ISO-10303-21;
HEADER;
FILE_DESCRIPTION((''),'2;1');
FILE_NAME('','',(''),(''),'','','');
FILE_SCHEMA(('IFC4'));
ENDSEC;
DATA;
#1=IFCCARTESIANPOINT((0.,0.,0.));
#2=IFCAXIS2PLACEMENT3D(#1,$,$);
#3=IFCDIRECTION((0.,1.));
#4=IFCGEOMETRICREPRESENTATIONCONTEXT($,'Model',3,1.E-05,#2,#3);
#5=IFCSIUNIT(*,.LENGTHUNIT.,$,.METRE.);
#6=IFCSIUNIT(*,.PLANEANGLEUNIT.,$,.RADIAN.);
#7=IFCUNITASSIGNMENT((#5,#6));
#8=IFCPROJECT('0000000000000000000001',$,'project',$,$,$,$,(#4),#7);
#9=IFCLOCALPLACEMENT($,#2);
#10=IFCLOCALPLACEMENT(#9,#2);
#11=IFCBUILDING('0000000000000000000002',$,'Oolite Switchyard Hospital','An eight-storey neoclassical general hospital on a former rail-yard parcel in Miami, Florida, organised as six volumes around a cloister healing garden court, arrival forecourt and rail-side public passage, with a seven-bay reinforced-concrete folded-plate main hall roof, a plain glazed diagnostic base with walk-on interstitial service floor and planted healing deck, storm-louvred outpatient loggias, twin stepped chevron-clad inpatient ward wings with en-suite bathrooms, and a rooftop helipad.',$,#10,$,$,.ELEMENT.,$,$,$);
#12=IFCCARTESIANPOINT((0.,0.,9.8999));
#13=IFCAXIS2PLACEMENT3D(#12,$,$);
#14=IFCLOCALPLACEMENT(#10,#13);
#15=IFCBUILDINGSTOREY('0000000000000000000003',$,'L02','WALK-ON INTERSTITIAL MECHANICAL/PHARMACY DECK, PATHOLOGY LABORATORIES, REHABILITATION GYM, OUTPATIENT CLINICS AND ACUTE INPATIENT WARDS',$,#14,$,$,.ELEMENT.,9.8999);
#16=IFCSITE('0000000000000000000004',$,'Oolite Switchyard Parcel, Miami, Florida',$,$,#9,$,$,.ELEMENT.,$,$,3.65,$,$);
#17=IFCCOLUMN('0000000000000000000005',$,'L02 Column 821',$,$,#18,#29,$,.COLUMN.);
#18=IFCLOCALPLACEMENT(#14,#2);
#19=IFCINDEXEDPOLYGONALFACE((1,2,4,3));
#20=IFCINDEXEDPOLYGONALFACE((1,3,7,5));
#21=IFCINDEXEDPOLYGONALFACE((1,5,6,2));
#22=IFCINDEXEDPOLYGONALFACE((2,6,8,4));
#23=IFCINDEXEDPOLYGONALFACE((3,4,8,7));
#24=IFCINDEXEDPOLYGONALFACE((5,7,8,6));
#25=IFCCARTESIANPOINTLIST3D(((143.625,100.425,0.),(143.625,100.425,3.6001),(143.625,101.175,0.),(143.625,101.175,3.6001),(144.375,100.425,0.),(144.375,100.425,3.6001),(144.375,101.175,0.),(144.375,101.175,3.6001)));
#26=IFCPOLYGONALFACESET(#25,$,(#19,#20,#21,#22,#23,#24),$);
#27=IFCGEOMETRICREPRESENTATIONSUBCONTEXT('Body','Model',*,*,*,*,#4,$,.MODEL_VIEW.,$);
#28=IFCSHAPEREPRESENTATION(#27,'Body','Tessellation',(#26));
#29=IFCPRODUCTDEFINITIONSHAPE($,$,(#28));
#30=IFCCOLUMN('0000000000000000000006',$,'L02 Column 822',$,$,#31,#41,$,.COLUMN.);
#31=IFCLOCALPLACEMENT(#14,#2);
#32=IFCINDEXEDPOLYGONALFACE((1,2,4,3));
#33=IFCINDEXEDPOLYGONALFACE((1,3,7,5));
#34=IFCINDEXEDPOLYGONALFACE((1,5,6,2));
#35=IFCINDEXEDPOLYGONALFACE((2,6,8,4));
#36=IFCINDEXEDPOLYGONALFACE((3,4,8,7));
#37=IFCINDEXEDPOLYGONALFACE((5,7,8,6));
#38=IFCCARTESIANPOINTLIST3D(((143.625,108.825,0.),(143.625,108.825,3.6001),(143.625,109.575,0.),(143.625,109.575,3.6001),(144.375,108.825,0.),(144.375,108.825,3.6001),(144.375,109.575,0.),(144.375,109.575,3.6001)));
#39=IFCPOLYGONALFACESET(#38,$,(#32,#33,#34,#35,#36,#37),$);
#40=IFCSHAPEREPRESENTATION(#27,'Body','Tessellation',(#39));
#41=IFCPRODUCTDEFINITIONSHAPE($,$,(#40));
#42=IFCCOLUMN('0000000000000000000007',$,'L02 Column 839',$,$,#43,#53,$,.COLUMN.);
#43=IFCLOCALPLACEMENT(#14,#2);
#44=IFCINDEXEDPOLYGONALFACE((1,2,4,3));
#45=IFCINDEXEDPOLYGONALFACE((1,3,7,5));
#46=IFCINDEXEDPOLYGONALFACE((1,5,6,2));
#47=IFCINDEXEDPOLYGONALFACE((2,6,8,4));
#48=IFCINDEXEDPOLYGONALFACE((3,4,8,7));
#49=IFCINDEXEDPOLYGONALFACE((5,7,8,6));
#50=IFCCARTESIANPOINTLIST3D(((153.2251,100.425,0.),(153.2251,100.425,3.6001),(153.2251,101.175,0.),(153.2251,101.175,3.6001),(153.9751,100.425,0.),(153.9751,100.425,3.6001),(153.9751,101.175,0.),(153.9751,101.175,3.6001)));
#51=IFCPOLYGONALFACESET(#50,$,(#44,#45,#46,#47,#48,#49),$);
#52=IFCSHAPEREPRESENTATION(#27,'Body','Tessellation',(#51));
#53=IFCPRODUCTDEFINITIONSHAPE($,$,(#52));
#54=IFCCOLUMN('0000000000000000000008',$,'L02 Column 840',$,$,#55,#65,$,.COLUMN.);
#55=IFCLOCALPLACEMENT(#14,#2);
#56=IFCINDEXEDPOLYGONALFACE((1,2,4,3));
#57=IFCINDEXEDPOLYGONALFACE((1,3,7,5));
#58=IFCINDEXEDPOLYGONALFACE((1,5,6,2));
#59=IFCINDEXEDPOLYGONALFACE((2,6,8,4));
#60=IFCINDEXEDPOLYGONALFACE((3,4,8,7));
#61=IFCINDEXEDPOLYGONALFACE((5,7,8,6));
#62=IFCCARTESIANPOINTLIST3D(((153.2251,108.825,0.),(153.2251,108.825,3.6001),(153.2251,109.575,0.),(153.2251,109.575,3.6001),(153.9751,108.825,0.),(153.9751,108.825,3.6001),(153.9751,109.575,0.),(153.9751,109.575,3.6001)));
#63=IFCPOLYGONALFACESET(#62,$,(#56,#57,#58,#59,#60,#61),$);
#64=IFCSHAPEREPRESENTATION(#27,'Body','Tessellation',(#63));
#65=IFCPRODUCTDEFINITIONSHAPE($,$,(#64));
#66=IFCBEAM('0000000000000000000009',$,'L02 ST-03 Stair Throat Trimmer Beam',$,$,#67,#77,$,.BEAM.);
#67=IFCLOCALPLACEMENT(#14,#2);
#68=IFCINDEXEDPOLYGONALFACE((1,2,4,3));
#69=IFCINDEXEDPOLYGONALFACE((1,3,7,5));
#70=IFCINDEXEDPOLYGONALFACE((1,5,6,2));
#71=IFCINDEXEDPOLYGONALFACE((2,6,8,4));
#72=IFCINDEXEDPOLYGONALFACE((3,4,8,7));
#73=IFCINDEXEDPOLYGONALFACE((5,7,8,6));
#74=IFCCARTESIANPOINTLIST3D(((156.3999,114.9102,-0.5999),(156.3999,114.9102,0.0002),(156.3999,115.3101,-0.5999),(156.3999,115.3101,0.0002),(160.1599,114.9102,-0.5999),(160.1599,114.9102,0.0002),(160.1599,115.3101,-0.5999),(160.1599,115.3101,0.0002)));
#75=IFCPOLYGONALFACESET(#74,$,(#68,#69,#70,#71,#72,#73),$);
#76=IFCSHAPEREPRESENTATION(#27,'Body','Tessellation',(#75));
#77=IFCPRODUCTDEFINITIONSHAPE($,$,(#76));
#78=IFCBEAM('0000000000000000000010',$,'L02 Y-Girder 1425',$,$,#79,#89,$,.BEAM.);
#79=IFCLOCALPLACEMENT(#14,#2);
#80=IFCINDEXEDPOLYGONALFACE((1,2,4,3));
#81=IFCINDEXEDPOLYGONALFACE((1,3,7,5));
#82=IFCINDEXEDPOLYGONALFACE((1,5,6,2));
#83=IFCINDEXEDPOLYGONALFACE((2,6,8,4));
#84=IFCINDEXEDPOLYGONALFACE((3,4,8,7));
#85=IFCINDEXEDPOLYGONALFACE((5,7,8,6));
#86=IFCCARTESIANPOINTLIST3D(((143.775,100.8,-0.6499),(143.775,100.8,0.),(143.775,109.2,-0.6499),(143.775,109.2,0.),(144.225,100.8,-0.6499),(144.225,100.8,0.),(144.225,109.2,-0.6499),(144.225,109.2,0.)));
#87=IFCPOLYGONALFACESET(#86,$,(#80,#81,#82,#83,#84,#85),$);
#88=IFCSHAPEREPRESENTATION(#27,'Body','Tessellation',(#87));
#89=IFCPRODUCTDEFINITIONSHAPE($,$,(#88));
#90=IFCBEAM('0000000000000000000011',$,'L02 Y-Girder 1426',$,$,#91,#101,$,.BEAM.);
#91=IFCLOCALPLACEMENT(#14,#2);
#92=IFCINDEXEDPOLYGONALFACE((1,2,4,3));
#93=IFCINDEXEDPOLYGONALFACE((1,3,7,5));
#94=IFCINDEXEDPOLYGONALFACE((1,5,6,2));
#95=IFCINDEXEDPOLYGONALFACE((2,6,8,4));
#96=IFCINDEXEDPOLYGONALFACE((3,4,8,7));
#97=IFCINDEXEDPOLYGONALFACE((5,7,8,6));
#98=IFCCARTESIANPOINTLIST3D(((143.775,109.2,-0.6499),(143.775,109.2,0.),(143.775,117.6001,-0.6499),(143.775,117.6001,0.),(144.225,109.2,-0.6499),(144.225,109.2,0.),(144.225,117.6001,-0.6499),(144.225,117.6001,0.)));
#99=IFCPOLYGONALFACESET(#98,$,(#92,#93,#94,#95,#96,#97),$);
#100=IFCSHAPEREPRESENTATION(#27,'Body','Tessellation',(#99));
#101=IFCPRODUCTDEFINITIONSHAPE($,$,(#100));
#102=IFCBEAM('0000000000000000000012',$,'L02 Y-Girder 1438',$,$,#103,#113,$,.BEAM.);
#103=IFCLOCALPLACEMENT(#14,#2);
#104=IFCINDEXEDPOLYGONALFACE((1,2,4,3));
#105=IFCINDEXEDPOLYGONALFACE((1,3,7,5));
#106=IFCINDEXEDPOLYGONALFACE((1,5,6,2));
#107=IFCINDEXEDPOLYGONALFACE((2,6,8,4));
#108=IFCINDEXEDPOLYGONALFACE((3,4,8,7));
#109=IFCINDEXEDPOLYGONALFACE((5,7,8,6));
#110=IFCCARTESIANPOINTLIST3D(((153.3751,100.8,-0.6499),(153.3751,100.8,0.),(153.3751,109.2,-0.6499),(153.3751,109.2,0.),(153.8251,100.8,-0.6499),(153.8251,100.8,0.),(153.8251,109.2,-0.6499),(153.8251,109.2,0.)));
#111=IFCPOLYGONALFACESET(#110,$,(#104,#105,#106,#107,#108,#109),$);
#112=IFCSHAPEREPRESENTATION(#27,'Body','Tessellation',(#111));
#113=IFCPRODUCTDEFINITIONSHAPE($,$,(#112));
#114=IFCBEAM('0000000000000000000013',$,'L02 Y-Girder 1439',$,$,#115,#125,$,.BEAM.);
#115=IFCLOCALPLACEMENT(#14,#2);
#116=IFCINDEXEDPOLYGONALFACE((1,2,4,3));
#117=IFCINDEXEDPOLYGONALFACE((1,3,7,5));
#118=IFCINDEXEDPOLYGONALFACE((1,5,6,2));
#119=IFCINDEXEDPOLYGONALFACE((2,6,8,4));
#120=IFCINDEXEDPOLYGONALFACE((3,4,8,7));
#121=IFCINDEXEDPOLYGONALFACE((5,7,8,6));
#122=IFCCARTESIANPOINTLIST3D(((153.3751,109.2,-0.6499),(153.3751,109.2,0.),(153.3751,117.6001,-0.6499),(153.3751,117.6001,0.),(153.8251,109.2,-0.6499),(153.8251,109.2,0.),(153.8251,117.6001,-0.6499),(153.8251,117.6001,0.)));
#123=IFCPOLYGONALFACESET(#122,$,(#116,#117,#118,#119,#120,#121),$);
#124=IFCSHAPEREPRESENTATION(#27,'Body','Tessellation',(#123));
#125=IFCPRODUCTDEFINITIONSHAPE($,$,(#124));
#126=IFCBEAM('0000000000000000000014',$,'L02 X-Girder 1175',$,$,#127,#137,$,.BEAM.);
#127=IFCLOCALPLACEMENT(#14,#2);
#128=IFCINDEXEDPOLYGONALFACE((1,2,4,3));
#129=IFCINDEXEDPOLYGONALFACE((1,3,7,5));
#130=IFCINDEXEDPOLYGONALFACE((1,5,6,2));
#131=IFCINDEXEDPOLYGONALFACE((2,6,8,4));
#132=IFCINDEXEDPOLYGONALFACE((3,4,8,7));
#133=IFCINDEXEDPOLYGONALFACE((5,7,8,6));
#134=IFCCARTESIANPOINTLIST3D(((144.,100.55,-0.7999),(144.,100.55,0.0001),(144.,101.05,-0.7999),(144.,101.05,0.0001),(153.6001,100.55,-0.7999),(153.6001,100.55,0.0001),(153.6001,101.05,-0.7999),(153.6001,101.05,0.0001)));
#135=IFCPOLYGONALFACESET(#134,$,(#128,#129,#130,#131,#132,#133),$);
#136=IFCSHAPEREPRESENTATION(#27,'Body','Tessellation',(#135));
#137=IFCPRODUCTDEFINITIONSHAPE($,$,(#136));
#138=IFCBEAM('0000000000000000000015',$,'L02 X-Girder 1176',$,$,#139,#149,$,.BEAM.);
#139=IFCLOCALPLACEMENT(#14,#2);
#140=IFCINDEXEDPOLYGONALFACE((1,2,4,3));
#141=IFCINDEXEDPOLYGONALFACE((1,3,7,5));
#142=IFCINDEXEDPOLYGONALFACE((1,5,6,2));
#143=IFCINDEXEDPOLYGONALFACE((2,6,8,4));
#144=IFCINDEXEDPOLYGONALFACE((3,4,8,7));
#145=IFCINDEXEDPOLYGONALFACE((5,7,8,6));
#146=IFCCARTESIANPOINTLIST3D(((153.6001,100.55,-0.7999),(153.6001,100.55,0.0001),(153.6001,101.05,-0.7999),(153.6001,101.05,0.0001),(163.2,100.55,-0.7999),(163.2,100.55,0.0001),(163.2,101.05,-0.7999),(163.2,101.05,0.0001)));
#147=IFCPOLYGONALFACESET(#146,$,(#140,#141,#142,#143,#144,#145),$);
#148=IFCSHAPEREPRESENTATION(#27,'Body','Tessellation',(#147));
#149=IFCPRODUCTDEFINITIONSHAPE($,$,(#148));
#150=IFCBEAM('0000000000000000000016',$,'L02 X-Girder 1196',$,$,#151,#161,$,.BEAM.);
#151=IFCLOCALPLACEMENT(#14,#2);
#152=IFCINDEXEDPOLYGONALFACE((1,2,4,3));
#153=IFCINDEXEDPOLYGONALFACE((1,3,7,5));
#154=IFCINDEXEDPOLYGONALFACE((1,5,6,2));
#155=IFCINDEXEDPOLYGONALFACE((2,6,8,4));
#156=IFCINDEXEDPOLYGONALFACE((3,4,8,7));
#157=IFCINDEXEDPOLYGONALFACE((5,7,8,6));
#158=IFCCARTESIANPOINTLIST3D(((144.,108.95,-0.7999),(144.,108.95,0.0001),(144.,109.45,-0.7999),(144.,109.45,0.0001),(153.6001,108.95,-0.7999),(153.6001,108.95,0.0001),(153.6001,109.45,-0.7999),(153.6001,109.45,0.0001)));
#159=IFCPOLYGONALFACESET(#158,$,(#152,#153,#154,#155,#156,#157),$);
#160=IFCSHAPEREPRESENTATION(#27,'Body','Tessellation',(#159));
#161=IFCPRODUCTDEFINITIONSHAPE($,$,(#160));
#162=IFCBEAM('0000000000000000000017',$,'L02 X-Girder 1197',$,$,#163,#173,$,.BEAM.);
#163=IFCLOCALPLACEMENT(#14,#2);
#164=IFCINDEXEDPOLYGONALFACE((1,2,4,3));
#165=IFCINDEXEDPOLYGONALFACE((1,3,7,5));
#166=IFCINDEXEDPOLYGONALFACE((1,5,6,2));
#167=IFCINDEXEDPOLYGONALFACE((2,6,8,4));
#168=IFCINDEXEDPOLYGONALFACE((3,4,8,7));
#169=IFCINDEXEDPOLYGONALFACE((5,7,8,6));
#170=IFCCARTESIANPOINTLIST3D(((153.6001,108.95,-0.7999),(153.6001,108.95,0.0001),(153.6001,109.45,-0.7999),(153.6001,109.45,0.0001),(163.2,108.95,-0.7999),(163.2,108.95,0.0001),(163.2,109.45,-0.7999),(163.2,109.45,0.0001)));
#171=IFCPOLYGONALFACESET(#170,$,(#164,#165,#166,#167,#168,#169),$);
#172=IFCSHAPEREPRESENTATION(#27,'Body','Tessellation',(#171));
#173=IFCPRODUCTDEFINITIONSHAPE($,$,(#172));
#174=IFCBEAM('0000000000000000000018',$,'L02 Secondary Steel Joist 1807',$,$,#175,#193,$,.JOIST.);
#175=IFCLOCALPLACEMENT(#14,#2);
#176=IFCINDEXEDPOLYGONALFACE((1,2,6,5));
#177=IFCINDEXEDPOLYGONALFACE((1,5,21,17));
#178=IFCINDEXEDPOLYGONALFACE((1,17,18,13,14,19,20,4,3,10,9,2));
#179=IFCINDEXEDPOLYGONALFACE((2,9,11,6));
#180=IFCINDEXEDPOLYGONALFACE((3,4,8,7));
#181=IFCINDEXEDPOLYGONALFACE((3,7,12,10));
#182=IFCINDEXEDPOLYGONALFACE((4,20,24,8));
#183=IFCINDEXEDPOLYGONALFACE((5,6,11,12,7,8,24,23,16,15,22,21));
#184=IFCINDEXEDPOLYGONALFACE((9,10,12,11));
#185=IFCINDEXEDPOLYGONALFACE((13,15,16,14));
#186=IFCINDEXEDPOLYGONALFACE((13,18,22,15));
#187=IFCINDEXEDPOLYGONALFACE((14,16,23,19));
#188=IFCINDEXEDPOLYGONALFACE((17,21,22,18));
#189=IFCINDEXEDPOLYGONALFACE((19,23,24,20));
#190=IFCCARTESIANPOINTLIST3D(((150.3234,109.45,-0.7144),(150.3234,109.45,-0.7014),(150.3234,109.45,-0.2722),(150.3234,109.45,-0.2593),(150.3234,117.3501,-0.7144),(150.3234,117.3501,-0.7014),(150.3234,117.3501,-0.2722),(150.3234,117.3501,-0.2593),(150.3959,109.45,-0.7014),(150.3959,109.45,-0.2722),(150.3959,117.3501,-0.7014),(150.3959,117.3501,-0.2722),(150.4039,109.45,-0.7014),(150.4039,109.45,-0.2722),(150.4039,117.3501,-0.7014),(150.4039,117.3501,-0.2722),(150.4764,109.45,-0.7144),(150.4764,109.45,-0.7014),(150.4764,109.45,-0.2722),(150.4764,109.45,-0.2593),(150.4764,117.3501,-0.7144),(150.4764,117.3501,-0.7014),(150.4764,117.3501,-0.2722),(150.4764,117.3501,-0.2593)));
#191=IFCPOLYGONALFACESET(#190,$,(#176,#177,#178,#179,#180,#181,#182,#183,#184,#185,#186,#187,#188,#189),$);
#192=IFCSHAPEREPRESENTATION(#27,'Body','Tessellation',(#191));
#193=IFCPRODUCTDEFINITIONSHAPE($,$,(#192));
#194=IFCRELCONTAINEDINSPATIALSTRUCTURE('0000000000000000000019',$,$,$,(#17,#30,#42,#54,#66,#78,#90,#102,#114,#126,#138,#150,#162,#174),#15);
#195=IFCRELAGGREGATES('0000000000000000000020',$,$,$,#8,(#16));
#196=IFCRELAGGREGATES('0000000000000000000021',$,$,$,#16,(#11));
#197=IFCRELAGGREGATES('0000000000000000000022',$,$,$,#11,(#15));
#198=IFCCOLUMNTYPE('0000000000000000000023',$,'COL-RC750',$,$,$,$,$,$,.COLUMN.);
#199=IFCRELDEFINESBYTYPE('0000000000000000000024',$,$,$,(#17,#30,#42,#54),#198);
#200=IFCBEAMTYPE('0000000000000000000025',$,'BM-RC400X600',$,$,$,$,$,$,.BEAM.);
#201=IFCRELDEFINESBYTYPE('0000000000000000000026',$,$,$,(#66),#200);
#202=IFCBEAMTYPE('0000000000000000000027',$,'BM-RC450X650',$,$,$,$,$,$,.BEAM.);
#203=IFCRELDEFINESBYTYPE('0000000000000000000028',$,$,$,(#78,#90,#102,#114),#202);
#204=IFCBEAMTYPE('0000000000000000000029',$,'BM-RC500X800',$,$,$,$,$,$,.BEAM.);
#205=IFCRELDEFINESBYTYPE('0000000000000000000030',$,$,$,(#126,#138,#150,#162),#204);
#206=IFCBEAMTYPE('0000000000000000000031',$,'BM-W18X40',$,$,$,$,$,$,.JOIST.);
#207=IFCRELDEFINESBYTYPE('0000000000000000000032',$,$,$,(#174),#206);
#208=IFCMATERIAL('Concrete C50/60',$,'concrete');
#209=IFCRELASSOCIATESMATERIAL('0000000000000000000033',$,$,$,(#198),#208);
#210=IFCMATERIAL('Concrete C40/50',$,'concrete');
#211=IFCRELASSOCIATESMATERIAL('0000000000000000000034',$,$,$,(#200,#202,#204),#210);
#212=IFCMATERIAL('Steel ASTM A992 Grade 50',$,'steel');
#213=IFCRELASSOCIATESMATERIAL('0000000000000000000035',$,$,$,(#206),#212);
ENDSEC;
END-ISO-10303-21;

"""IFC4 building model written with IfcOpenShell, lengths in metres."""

from ifc_helpers import new_model, si_unit, direction, frame, origin, origin_2d, place, context, subcontext, project, spatial, rectangle, i_section, extrude, material, material_profile, profile_set, type_object, element, save


model = new_model("IFC4")

# Units and contexts
model_context = context("Model", 3, precision=1e-05, world=origin(), true_north=direction((0.0, 1.0)))
body_context = subcontext(model_context, "Body", "Model", "MODEL_VIEW")
ifc_project = project(units=[si_unit("LENGTHUNIT", "METRE"), si_unit("PLANEANGLEUNIT", "RADIAN")], contexts=[model_context])

# Site, building, storey
site_placement = place(None, origin())
site = spatial("IfcSite", under=ifc_project, at=site_placement, Name="Oolite Switchyard Parcel, Miami, Florida", CompositionType="ELEMENT", RefElevation=3.65)
building_placement = place(site_placement, origin())
building = spatial("IfcBuilding", under=site, at=building_placement, Name="Oolite Switchyard Hospital", Description="An eight-storey neoclassical general hospital on a former rail-yard parcel in Miami, Florida, organised as six volumes around a cloister healing garden court, arrival forecourt and rail-side public passage, with a seven-bay reinforced-concrete folded-plate main hall roof, a plain glazed diagnostic base with walk-on interstitial service floor and planted healing deck, storm-louvred outpatient loggias, twin stepped chevron-clad inpatient ward wings with en-suite bathrooms, and a rooftop helipad.", CompositionType="ELEMENT")
storey_placement = place(building_placement, frame((0.0, 0.0, 9.8999)))
storey = spatial("IfcBuildingStorey", under=building, at=storey_placement, Name="L02", Description="WALK-ON INTERSTITIAL MECHANICAL/PHARMACY DECK, PATHOLOGY LABORATORIES, REHABILITATION GYM, OUTPATIENT CLINICS AND ACUTE INPATIENT WARDS", CompositionType="ELEMENT", Elevation=9.8999)

# Columns
ifc_material_1 = material(Name="Concrete C50/60", Category="concrete")
ifc_material_profile_1 = material_profile(ifc_material_1, rectangle(XDim=0.75, YDim=0.75, at=origin_2d()), Name="RC750X750")
ifc_profile_set_1 = profile_set([ifc_material_profile_1], Name="Concrete C50/60")
column_type = type_object("IfcColumnType", Name="COL-RC750", PredefinedType="COLUMN", material=ifc_profile_set_1)
for number, where, z_axis, x_axis, name in (
    (1, (144.0, 100.8, 0.0), (0.0, 0.0, 1.0), (1.0, 0.0, 0.0), "L02 Column 821"),
    (2, (144.0, 109.2, 0.0), (0.0, 0.0, 1.0), (1.0, 0.0, 0.0), "L02 Column 822"),
    (3, (153.6001, 100.8, 0.0), (0.0, 0.0, 1.0), (1.0, 0.0, 0.0), "L02 Column 839"),
    (4, (153.6001, 109.2, 0.0), (0.0, 0.0, 1.0), (1.0, 0.0, 0.0), "L02 Column 840"),
):
    element("IfcColumn", number, at=place(storey_placement, frame(where, z_axis=z_axis, x_axis=x_axis)), inside=storey, type_object=column_type, Name=name, PredefinedType="COLUMN", context=body_context, shape_type="SweptSolid", body=[
        extrude(rectangle(XDim=0.75, YDim=0.75, at=origin_2d()), origin(), (0.0, 0.0, 1.0), 3.6001),
    ])

# Beams
ifc_material_2 = material(Name="Concrete C40/50", Category="concrete")
ifc_material_profile_2 = material_profile(ifc_material_2, rectangle(XDim=0.3999, YDim=0.6001, at=origin_2d()), Name="RCB400X600")
ifc_profile_set_2 = profile_set([ifc_material_profile_2], Name="Concrete C40/50")
beam_type_1 = type_object("IfcBeamType", Name="BM-RC400X600", PredefinedType="BEAM", material=ifc_profile_set_2)
beam_1_placement = place(storey_placement, frame((156.3999, 115.1101, -0.2998), z_axis=(1.0, 0.0, 0.0), x_axis=(0.0, 1.0, 0.0)))
element("IfcBeam", 5, at=beam_1_placement, inside=storey, type_object=beam_type_1, Name="L02 ST-03 Stair Throat Trimmer Beam", PredefinedType="BEAM", context=body_context, shape_type="SweptSolid", body=[
    extrude(rectangle(XDim=0.3999, YDim=0.6001, at=origin_2d()), origin(), (0.0, 0.0, 1.0), 3.76),
])
ifc_material_profile_3 = material_profile(ifc_material_2, rectangle(XDim=0.45, YDim=0.6499, at=origin_2d()), Name="RCB450X650")
ifc_profile_set_3 = profile_set([ifc_material_profile_3], Name="Concrete C40/50")
beam_type_2 = type_object("IfcBeamType", Name="BM-RC450X650", PredefinedType="BEAM", material=ifc_profile_set_3)
beam_2_placement = place(storey_placement, frame((144.0, 100.8, -0.325), z_axis=(0.0, 1.0, 0.0), x_axis=(-1.0, 0.0, 0.0)))
element("IfcBeam", 6, at=beam_2_placement, inside=storey, type_object=beam_type_2, Name="L02 Y-Girder 1425", PredefinedType="BEAM", context=body_context, shape_type="SweptSolid", body=[
    extrude(rectangle(XDim=0.45, YDim=0.6499, at=origin_2d()), origin(), (0.0, 0.0, 1.0), 8.3999),
])
beam_3_placement = place(storey_placement, frame((144.0, 109.2, -0.325), z_axis=(0.0, 1.0, 0.0), x_axis=(-1.0, 0.0, 0.0)))
element("IfcBeam", 7, at=beam_3_placement, inside=storey, type_object=beam_type_2, Name="L02 Y-Girder 1426", PredefinedType="BEAM", context=body_context, shape_type="SweptSolid", body=[
    extrude(rectangle(XDim=0.45, YDim=0.6499, at=origin_2d()), origin(), (0.0, 0.0, 1.0), 8.4001),
])
beam_4_placement = place(storey_placement, frame((153.6001, 100.8, -0.325), z_axis=(0.0, 1.0, 0.0), x_axis=(-1.0, 0.0, 0.0)))
element("IfcBeam", 8, at=beam_4_placement, inside=storey, type_object=beam_type_2, Name="L02 Y-Girder 1438", PredefinedType="BEAM", context=body_context, shape_type="SweptSolid", body=[
    extrude(rectangle(XDim=0.45, YDim=0.6499, at=origin_2d()), origin(), (0.0, 0.0, 1.0), 8.3999),
])
beam_5_placement = place(storey_placement, frame((153.6001, 109.2, -0.325), z_axis=(0.0, 1.0, 0.0), x_axis=(-1.0, 0.0, 0.0)))
element("IfcBeam", 9, at=beam_5_placement, inside=storey, type_object=beam_type_2, Name="L02 Y-Girder 1439", PredefinedType="BEAM", context=body_context, shape_type="SweptSolid", body=[
    extrude(rectangle(XDim=0.45, YDim=0.6499, at=origin_2d()), origin(), (0.0, 0.0, 1.0), 8.4001),
])
ifc_material_profile_4 = material_profile(ifc_material_2, rectangle(XDim=0.5, YDim=0.8, at=origin_2d()), Name="RCB500X800")
ifc_profile_set_4 = profile_set([ifc_material_profile_4], Name="Concrete C40/50")
beam_type_3 = type_object("IfcBeamType", Name="BM-RC500X800", PredefinedType="BEAM", material=ifc_profile_set_4)
beam_6_placement = place(storey_placement, frame((144.0, 100.8, -0.3999), z_axis=(1.0, 0.0, 0.0), x_axis=(0.0, 1.0, 0.0)))
element("IfcBeam", 10, at=beam_6_placement, inside=storey, type_object=beam_type_3, Name="L02 X-Girder 1175", PredefinedType="BEAM", context=body_context, shape_type="SweptSolid", body=[
    extrude(rectangle(XDim=0.5, YDim=0.8, at=origin_2d()), origin(), (0.0, 0.0, 1.0), 9.6001),
])
beam_7_placement = place(storey_placement, frame((153.6001, 100.8, -0.3999), z_axis=(1.0, 0.0, 0.0), x_axis=(0.0, 1.0, 0.0)))
element("IfcBeam", 11, at=beam_7_placement, inside=storey, type_object=beam_type_3, Name="L02 X-Girder 1176", PredefinedType="BEAM", context=body_context, shape_type="SweptSolid", body=[
    extrude(rectangle(XDim=0.5, YDim=0.8, at=origin_2d()), origin(), (0.0, 0.0, 1.0), 9.5999),
])
beam_8_placement = place(storey_placement, frame((144.0, 109.2, -0.3999), z_axis=(1.0, 0.0, 0.0), x_axis=(0.0, 1.0, 0.0)))
element("IfcBeam", 12, at=beam_8_placement, inside=storey, type_object=beam_type_3, Name="L02 X-Girder 1196", PredefinedType="BEAM", context=body_context, shape_type="SweptSolid", body=[
    extrude(rectangle(XDim=0.5, YDim=0.8, at=origin_2d()), origin(), (0.0, 0.0, 1.0), 9.6001),
])
beam_9_placement = place(storey_placement, frame((153.6001, 109.2, -0.3999), z_axis=(1.0, 0.0, 0.0), x_axis=(0.0, 1.0, 0.0)))
element("IfcBeam", 13, at=beam_9_placement, inside=storey, type_object=beam_type_3, Name="L02 X-Girder 1197", PredefinedType="BEAM", context=body_context, shape_type="SweptSolid", body=[
    extrude(rectangle(XDim=0.5, YDim=0.8, at=origin_2d()), origin(), (0.0, 0.0, 1.0), 9.5999),
])
ifc_material_3 = material(Name="Steel ASTM A992 Grade 50", Category="steel")
ifc_material_profile_5 = material_profile(ifc_material_3, i_section(OverallWidth=0.1531, OverallDepth=0.4551, WebThickness=0.0081, FlangeThickness=0.0129, at=origin_2d()), Name="W18X40")
ifc_profile_set_5 = profile_set([ifc_material_profile_5], Name="Steel ASTM A992 Grade 50")
beam_type_4 = type_object("IfcBeamType", Name="BM-W18X40", PredefinedType="JOIST", material=ifc_profile_set_5)
beam_10_placement = place(storey_placement, frame((150.3999, 109.45, -0.4868), z_axis=(0.0, 1.0, 0.0), x_axis=(-1.0, 0.0, 0.0)))
element("IfcBeam", 14, at=beam_10_placement, inside=storey, type_object=beam_type_4, Name="L02 Secondary Steel Joist 1807", PredefinedType="JOIST", context=body_context, shape_type="SweptSolid", body=[
    extrude(i_section(OverallWidth=0.1531, OverallDepth=0.4551, WebThickness=0.0081, FlangeThickness=0.0129, at=origin_2d()), origin(), (0.0, 0.0, 1.0), 7.9001),
])

save(model, "model.ifc")
